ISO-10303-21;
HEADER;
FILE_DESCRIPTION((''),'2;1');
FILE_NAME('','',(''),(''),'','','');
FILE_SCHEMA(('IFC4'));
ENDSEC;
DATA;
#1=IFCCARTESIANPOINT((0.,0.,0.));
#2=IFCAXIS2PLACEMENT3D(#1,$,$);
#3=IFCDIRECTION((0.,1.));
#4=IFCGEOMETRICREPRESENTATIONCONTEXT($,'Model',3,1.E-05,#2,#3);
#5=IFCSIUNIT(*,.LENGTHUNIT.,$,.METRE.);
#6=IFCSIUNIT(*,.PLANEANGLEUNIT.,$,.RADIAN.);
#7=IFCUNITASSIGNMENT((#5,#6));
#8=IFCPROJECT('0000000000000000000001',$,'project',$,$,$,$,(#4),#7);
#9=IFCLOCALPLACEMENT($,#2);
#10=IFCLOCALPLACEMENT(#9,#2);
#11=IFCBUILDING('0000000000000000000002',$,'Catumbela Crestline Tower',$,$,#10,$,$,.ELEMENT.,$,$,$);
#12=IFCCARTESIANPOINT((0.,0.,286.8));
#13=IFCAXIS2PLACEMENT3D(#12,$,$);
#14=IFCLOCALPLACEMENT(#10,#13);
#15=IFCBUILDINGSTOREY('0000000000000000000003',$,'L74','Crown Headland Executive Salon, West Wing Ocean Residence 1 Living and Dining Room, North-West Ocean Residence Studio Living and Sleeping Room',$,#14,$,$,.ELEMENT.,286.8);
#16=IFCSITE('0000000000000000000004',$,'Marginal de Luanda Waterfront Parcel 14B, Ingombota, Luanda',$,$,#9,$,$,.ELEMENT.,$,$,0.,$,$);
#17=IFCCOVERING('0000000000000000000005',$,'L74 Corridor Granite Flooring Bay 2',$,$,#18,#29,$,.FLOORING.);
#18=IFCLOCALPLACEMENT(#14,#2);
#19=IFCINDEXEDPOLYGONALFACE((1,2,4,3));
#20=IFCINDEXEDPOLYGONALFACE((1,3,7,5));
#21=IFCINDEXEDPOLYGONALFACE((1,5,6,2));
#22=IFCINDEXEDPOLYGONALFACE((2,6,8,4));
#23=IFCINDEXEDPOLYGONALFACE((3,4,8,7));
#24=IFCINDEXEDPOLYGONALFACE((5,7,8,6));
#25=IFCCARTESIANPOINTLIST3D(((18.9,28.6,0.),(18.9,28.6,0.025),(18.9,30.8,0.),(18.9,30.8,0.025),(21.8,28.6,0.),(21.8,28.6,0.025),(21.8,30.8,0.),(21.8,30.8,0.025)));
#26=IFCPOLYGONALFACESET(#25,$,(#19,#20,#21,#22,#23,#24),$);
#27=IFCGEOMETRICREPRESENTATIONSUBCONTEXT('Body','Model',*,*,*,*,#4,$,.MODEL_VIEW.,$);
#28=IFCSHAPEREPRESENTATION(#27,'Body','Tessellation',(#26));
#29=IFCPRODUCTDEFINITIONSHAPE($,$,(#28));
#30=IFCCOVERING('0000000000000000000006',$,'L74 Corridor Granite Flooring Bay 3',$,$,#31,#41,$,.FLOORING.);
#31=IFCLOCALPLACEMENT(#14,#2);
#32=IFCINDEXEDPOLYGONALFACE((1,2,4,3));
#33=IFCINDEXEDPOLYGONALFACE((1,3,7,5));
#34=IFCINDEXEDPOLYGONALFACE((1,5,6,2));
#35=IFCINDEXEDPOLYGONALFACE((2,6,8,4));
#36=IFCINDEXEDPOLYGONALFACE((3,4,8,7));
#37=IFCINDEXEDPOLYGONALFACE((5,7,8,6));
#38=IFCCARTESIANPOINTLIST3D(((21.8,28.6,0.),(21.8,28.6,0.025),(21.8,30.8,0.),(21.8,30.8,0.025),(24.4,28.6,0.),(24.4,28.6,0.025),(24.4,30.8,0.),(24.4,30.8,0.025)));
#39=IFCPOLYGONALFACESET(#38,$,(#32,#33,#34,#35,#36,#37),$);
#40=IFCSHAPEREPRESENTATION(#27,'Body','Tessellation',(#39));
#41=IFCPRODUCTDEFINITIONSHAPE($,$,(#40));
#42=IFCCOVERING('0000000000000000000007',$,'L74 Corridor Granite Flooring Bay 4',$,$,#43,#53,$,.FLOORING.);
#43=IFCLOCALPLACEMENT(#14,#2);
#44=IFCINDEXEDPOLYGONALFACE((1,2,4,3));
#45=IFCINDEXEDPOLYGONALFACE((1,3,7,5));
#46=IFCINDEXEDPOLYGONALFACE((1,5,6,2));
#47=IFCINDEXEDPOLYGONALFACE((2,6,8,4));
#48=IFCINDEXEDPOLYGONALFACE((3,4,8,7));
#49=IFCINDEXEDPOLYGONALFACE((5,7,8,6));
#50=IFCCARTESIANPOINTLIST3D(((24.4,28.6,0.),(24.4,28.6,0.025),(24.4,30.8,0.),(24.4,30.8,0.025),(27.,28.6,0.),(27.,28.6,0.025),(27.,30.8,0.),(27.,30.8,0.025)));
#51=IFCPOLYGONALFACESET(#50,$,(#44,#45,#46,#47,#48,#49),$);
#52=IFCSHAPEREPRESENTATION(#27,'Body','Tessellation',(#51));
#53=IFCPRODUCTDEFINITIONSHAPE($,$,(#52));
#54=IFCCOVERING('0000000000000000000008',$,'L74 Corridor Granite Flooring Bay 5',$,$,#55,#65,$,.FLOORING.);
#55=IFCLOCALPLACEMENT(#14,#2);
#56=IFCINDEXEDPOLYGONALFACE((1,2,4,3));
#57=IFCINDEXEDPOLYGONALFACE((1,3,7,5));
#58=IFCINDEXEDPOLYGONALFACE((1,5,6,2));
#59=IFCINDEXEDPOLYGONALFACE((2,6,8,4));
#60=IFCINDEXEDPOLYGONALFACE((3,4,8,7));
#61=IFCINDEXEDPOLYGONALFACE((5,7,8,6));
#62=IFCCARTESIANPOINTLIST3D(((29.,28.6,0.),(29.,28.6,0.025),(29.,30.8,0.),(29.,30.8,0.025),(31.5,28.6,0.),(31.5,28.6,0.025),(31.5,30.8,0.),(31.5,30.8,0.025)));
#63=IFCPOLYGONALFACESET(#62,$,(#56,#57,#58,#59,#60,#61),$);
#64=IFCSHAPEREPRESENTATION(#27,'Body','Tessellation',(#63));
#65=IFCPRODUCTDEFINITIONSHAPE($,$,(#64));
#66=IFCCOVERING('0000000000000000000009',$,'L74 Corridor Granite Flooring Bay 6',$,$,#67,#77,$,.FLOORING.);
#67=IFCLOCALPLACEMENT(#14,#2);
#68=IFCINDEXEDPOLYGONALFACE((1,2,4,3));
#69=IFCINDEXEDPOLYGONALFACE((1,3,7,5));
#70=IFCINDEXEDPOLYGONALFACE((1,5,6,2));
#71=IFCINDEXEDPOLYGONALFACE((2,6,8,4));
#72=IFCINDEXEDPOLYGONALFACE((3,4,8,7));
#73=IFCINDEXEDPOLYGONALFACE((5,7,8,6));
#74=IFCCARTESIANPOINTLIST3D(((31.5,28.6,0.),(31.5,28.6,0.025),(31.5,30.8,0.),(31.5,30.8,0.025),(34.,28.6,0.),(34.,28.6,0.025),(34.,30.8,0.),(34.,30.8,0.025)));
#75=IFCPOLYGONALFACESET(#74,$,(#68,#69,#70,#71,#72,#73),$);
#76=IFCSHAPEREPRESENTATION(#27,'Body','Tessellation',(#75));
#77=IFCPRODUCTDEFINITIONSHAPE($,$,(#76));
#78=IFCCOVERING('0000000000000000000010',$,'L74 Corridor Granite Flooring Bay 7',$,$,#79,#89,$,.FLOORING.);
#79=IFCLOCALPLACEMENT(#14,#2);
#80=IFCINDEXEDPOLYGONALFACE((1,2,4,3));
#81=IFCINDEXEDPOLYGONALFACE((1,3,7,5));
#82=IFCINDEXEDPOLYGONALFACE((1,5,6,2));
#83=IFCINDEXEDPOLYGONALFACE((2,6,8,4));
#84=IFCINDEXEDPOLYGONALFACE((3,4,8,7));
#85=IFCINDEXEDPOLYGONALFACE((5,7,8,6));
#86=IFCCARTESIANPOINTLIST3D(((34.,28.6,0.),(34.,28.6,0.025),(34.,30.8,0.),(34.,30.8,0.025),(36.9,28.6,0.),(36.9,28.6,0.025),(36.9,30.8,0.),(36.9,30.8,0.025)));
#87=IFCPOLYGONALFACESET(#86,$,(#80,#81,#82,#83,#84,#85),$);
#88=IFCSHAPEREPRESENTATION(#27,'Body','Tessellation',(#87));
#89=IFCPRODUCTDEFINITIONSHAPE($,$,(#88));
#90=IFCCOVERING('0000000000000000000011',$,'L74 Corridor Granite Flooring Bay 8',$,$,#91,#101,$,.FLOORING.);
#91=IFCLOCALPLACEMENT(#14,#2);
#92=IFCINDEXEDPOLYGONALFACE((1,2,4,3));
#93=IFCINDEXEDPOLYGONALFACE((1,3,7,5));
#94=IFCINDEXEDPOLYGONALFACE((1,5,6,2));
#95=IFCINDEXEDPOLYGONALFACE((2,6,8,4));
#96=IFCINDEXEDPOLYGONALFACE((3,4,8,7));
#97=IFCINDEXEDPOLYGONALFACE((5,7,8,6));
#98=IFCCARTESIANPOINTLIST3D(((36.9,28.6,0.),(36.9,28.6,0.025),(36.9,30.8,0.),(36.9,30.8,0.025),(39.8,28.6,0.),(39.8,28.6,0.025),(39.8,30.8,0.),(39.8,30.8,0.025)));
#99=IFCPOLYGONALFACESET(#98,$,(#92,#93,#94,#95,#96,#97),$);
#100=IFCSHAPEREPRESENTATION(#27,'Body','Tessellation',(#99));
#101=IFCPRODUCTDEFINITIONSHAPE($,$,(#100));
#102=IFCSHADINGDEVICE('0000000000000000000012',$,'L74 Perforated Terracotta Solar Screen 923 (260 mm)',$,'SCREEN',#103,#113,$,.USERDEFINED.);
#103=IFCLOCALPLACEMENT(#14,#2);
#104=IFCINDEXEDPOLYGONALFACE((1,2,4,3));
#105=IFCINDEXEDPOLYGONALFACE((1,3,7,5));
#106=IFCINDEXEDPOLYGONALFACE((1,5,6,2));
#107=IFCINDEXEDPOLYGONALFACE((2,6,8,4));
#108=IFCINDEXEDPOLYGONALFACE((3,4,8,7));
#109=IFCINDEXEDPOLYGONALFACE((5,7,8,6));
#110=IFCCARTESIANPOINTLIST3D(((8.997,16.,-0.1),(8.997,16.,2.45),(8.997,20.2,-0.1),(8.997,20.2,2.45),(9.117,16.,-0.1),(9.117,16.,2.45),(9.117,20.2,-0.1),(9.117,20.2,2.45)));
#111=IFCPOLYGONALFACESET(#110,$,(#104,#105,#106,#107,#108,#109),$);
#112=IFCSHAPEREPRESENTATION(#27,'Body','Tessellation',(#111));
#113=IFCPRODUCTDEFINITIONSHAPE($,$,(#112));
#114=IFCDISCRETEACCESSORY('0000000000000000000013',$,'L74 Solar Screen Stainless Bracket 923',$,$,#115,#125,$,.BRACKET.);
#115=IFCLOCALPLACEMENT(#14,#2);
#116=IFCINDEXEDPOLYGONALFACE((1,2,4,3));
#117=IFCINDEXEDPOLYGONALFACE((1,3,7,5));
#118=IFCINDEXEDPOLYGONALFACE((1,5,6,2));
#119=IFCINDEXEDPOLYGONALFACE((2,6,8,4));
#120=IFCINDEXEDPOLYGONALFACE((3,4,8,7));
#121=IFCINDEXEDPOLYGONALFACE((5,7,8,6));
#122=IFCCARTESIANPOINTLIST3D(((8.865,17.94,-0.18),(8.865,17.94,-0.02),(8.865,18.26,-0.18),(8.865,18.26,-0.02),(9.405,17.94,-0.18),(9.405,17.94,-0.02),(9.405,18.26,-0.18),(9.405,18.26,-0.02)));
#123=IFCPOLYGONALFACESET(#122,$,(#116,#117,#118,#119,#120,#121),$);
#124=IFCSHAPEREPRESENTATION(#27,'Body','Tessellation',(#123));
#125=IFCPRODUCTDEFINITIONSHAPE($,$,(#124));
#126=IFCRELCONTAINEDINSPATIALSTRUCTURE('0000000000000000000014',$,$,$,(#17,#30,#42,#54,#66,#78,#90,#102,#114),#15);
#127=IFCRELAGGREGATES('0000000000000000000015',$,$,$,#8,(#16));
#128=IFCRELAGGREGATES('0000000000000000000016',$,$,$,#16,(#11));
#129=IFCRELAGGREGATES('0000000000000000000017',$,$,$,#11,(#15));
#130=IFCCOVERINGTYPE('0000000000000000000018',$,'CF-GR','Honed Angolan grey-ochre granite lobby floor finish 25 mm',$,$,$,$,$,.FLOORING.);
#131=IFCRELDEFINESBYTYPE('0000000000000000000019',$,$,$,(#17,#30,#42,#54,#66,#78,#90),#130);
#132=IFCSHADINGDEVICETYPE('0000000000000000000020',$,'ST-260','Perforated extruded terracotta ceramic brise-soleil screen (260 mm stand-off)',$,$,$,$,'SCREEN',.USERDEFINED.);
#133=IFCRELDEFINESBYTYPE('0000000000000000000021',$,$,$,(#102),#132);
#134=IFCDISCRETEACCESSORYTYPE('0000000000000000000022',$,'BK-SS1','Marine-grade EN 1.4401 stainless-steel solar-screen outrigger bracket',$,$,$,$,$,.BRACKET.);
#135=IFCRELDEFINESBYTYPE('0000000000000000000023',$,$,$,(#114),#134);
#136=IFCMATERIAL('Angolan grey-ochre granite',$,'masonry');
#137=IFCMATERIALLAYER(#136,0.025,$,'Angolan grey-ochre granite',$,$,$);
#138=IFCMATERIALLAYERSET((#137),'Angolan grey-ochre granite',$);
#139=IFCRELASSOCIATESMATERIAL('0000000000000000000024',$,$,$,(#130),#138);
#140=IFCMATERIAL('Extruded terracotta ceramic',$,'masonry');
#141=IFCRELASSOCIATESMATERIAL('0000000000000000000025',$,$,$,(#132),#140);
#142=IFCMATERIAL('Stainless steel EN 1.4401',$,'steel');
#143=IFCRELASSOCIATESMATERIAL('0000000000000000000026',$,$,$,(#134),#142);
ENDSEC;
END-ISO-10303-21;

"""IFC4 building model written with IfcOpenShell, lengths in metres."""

from ifc_helpers import new_model, si_unit, direction, frame, origin, origin_2d, place, context, subcontext, project, spatial, polyline, rectangle, outline, extrude, material, layer, layer_set, type_object, element, save


model = new_model("IFC4")

# Units and contexts
model_context = context("Model", 3, precision=1e-05, world=origin(), true_north=direction((0.0, 1.0)))
body_context = subcontext(model_context, "Body", "Model", "MODEL_VIEW")
ifc_project = project(units=[si_unit("LENGTHUNIT", "METRE"), si_unit("PLANEANGLEUNIT", "RADIAN")], contexts=[model_context])

# Site, building, storey
site_placement = place(None, origin())
site = spatial("IfcSite", under=ifc_project, at=site_placement, Name="Marginal de Luanda Waterfront Parcel 14B, Ingombota, Luanda", CompositionType="ELEMENT", RefElevation=0.0)
building_placement = place(site_placement, origin())
building = spatial("IfcBuilding", under=site, at=building_placement, Name="Catumbela Crestline Tower", CompositionType="ELEMENT")
storey_placement = place(building_placement, frame((0.0, 0.0, 286.8)))
storey = spatial("IfcBuildingStorey", under=building, at=storey_placement, Name="L74", Description="Crown Headland Executive Salon, West Wing Ocean Residence 1 Living and Dining Room, North-West Ocean Residence Studio Living and Sleeping Room", CompositionType="ELEMENT", Elevation=286.8)

# Shared definitions
ifc_material_1 = material(Name="Angolan grey-ochre granite", Category="masonry")

# Coverings
ifc_layer_1 = layer(ifc_material_1, 0.025, Name="Angolan grey-ochre granite")
ifc_layer_set_1 = layer_set([ifc_layer_1], Name="Angolan grey-ochre granite")
covering_type_1 = type_object("IfcCoveringType", Name="CF-GR", Description="Honed Angolan grey-ochre granite lobby floor finish 25 mm", PredefinedType="FLOORING", material=ifc_layer_set_1)
covering_1_placement = place(storey_placement, origin())
element("IfcCovering", 1, at=covering_1_placement, inside=storey, type_object=covering_type_1, Name="L74 Corridor Granite Flooring Bay 2", PredefinedType="FLOORING", context=body_context, shape_type="SweptSolid", body=[
    extrude(outline(polyline([(18.9, 28.6), (21.8, 28.6), (21.8, 30.8), (18.9, 30.8), (18.9, 28.6)])), origin(), (0.0, 0.0, 1.0), 0.025),
])
covering_2_placement = place(storey_placement, origin())
element("IfcCovering", 2, at=covering_2_placement, inside=storey, type_object=covering_type_1, Name="L74 Corridor Granite Flooring Bay 3", PredefinedType="FLOORING", context=body_context, shape_type="SweptSolid", body=[
    extrude(outline(polyline([(21.8, 28.6), (24.4, 28.6), (24.4, 30.8), (21.8, 30.8), (21.8, 28.6)])), origin(), (0.0, 0.0, 1.0), 0.025),
])
covering_3_placement = place(storey_placement, origin())
element("IfcCovering", 3, at=covering_3_placement, inside=storey, type_object=covering_type_1, Name="L74 Corridor Granite Flooring Bay 4", PredefinedType="FLOORING", context=body_context, shape_type="SweptSolid", body=[
    extrude(outline(polyline([(24.4, 28.6), (27.0, 28.6), (27.0, 30.8), (24.4, 30.8), (24.4, 28.6)])), origin(), (0.0, 0.0, 1.0), 0.025),
])
covering_4_placement = place(storey_placement, origin())
element("IfcCovering", 4, at=covering_4_placement, inside=storey, type_object=covering_type_1, Name="L74 Corridor Granite Flooring Bay 5", PredefinedType="FLOORING", context=body_context, shape_type="SweptSolid", body=[
    extrude(outline(polyline([(29.0, 28.6), (31.5, 28.6), (31.5, 30.8), (29.0, 30.8), (29.0, 28.6)])), origin(), (0.0, 0.0, 1.0), 0.025),
])
covering_5_placement = place(storey_placement, origin())
element("IfcCovering", 5, at=covering_5_placement, inside=storey, type_object=covering_type_1, Name="L74 Corridor Granite Flooring Bay 6", PredefinedType="FLOORING", context=body_context, shape_type="SweptSolid", body=[
    extrude(outline(polyline([(31.5, 28.6), (34.0, 28.6), (34.0, 30.8), (31.5, 30.8), (31.5, 28.6)])), origin(), (0.0, 0.0, 1.0), 0.025),
])
covering_6_placement = place(storey_placement, origin())
element("IfcCovering", 6, at=covering_6_placement, inside=storey, type_object=covering_type_1, Name="L74 Corridor Granite Flooring Bay 7", PredefinedType="FLOORING", context=body_context, shape_type="SweptSolid", body=[
    extrude(outline(polyline([(34.0, 28.6), (36.9, 28.6), (36.9, 30.8), (34.0, 30.8), (34.0, 28.6)])), origin(), (0.0, 0.0, 1.0), 0.025),
])
covering_7_placement = place(storey_placement, origin())
element("IfcCovering", 7, at=covering_7_placement, inside=storey, type_object=covering_type_1, Name="L74 Corridor Granite Flooring Bay 8", PredefinedType="FLOORING", context=body_context, shape_type="SweptSolid", body=[
    extrude(outline(polyline([(36.9, 28.6), (39.8, 28.6), (39.8, 30.8), (36.9, 30.8), (36.9, 28.6)])), origin(), (0.0, 0.0, 1.0), 0.025),
])

# Shading device
ifc_material_2 = material(Name="Extruded terracotta ceramic", Category="masonry")
shading_device_type = type_object("IfcShadingDeviceType", Name="ST-260", Description="Perforated extruded terracotta ceramic brise-soleil screen (260 mm stand-off)", ElementType="SCREEN", PredefinedType="USERDEFINED", material=ifc_material_2)
shading_device_placement = place(storey_placement, frame((9.057, 18.1, -0.1), z_axis=(0.0, 0.0, 1.0), x_axis=(0.0, -1.0, 0.0)))
element("IfcShadingDevice", 8, at=shading_device_placement, inside=storey, type_object=shading_device_type, Name="L74 Perforated Terracotta Solar Screen 923 (260 mm)", ObjectType="SCREEN", PredefinedType="USERDEFINED", context=body_context, shape_type="SweptSolid", body=[
    extrude(rectangle(XDim=4.2, YDim=0.12, at=origin_2d()), origin(), (0.0, 0.0, 1.0), 2.55),
])

# Discrete accessory
ifc_material_3 = material(Name="Stainless steel EN 1.4401", Category="steel")
discrete_accessory_type = type_object("IfcDiscreteAccessoryType", Name="BK-SS1", Description="Marine-grade EN 1.4401 stainless-steel solar-screen outrigger bracket", PredefinedType="BRACKET", material=ifc_material_3)
discrete_accessory_placement = place(storey_placement, frame((9.135, 18.1, -0.18), z_axis=(0.0, 0.0, 1.0), x_axis=(0.0, -1.0, 0.0)))
element("IfcDiscreteAccessory", 9, at=discrete_accessory_placement, inside=storey, type_object=discrete_accessory_type, Name="L74 Solar Screen Stainless Bracket 923", PredefinedType="BRACKET", context=body_context, shape_type="SweptSolid", body=[
    extrude(rectangle(XDim=0.32, YDim=0.54, at=origin_2d()), origin(), (0.0, 0.0, 1.0), 0.16),
])

save(model, "model.ifc")
